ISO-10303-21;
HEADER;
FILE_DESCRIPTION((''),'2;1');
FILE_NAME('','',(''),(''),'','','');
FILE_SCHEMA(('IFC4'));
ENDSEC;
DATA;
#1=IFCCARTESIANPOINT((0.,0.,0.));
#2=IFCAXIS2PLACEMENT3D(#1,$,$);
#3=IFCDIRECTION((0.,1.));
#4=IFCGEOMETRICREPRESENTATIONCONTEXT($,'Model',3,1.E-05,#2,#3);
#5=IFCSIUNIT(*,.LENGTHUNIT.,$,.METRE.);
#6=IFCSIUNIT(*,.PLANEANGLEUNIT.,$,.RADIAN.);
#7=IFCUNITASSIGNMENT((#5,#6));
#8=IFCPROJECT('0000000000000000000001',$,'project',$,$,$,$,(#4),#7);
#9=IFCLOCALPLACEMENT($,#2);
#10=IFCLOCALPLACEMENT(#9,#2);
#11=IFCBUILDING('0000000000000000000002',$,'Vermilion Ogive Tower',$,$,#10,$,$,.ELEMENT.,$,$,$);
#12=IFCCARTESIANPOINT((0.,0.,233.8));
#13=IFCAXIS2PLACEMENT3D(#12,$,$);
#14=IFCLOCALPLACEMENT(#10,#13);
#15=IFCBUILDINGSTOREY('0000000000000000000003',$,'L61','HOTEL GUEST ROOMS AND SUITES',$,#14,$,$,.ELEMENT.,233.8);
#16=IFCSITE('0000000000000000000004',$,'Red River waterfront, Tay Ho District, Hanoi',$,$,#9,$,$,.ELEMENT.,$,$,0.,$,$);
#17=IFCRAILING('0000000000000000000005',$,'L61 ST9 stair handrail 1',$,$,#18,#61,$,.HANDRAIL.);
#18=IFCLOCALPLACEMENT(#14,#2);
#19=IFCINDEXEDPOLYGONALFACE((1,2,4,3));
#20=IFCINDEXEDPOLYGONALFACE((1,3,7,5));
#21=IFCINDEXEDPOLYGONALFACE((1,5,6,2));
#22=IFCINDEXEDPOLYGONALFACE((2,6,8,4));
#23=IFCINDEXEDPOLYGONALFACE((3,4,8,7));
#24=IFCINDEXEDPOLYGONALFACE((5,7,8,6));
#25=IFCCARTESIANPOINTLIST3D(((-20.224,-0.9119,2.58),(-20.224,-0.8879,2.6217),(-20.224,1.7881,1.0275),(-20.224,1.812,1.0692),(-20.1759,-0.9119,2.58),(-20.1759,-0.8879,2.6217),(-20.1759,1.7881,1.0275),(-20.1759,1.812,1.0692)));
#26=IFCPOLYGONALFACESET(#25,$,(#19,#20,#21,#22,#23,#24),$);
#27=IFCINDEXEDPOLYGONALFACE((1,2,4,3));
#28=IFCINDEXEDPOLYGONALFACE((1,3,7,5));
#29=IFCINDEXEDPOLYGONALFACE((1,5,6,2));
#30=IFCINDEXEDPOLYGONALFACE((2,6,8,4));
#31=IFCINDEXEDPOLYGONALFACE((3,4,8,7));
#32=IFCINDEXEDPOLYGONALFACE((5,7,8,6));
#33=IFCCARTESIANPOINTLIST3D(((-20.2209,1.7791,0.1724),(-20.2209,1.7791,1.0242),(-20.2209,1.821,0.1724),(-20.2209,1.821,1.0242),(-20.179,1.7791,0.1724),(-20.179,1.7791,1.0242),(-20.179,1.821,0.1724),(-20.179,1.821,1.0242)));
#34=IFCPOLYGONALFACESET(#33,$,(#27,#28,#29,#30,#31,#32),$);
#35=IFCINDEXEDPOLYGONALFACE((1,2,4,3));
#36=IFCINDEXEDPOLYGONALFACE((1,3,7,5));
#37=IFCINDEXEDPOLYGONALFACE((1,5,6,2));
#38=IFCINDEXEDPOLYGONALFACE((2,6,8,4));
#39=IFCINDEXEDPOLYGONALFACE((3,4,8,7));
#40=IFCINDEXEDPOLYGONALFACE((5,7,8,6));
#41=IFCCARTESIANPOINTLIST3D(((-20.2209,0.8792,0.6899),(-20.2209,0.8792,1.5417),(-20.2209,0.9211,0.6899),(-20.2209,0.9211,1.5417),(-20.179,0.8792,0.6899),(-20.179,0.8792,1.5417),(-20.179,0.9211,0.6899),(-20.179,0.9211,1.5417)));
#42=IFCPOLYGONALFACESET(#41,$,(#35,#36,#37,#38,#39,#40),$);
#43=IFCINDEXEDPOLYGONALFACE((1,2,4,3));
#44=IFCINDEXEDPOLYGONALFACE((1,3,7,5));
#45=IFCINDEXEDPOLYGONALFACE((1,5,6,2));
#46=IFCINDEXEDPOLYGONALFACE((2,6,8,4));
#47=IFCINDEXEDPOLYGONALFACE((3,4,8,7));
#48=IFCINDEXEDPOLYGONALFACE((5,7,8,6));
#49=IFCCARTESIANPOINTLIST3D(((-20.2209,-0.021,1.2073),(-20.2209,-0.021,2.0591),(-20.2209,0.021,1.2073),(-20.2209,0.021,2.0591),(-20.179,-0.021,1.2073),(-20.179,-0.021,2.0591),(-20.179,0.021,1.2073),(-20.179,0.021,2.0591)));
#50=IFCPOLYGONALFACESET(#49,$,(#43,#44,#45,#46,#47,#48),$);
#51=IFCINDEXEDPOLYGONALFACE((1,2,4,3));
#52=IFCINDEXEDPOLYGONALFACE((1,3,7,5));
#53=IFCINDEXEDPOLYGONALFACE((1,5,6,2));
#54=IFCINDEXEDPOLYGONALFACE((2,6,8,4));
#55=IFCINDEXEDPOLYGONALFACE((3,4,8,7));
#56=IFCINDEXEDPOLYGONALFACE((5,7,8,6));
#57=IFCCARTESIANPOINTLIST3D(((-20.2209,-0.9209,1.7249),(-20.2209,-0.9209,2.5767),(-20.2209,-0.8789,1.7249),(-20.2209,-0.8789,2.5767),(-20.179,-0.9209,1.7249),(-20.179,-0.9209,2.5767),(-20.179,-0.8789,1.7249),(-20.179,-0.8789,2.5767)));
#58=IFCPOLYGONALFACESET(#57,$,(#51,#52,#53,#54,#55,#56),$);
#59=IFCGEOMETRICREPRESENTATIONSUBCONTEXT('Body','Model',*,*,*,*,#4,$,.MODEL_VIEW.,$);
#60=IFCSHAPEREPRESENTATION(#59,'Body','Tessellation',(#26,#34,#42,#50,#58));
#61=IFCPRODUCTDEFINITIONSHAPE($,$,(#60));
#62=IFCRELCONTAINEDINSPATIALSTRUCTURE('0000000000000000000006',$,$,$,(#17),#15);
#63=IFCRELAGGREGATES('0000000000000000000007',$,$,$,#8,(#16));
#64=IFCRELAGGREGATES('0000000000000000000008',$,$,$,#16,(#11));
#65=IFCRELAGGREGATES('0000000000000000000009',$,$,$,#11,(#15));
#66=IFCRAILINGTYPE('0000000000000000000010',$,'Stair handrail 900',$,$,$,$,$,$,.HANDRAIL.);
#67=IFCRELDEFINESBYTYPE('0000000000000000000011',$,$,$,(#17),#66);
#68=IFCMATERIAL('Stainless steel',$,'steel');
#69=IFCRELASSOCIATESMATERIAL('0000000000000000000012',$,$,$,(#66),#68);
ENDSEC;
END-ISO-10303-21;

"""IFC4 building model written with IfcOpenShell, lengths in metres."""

from ifc_helpers import new_model, si_unit, direction, frame, origin, origin_2d, place, context, subcontext, project, spatial, rectangle, extrude, material, type_object, element, save


model = new_model("IFC4")

# Units and contexts
model_context = context("Model", 3, precision=1e-05, world=origin(), true_north=direction((0.0, 1.0)))
body_context = subcontext(model_context, "Body", "Model", "MODEL_VIEW")
ifc_project = project(units=[si_unit("LENGTHUNIT", "METRE"), si_unit("PLANEANGLEUNIT", "RADIAN")], contexts=[model_context])

# Site, building, storey
site_placement = place(None, origin())
site = spatial("IfcSite", under=ifc_project, at=site_placement, Name="Red River waterfront, Tay Ho District, Hanoi", CompositionType="ELEMENT", RefElevation=0.0)
building_placement = place(site_placement, origin())
building = spatial("IfcBuilding", under=site, at=building_placement, Name="Vermilion Ogive Tower", CompositionType="ELEMENT")
storey_placement = place(building_placement, frame((0.0, 0.0, 233.8)))
storey = spatial("IfcBuildingStorey", under=building, at=storey_placement, Name="L61", Description="HOTEL GUEST ROOMS AND SUITES", CompositionType="ELEMENT", Elevation=233.8)

# Railing
ifc_material_1 = material(Name="Stainless steel", Category="steel")
railing_type_1 = type_object("IfcRailingType", Name="Stair handrail 900", PredefinedType="HANDRAIL", material=ifc_material_1)
railing_1_placement = place(storey_placement, frame((-20.2, 1.8, 0.1724)))
element("IfcRailing", 1, at=railing_1_placement, inside=storey, type_object=railing_type_1, Name="L61 ST9 stair handrail 1", PredefinedType="HANDRAIL", context=body_context, shape_type="SweptSolid", body=[
    extrude(rectangle(XDim=0.0481, YDim=0.0481, at=origin_2d()), frame((0.0, 0.0, 0.876), z_axis=(0.0, -0.866904, 0.498476), x_axis=(1.0, 0.0, 0.0)), (0.0, 0.0, 1.0), 3.1145),
    extrude(rectangle(XDim=0.042, YDim=0.042, at=origin_2d()), origin(), (0.0, 0.0, 1.0), 0.8518),
    extrude(rectangle(XDim=0.042, YDim=0.042, at=origin_2d()), frame((0.0, -0.8999, 0.5176)), (0.0, 0.0, 1.0), 0.8518),
    extrude(rectangle(XDim=0.042, YDim=0.042, at=origin_2d()), frame((0.0, -1.8, 1.0349)), (0.0, 0.0, 1.0), 0.8518),
    extrude(rectangle(XDim=0.042, YDim=0.042, at=origin_2d()), frame((0.0, -2.7, 1.5525)), (0.0, 0.0, 1.0), 0.8518),
])

save(model, "model.ifc")
